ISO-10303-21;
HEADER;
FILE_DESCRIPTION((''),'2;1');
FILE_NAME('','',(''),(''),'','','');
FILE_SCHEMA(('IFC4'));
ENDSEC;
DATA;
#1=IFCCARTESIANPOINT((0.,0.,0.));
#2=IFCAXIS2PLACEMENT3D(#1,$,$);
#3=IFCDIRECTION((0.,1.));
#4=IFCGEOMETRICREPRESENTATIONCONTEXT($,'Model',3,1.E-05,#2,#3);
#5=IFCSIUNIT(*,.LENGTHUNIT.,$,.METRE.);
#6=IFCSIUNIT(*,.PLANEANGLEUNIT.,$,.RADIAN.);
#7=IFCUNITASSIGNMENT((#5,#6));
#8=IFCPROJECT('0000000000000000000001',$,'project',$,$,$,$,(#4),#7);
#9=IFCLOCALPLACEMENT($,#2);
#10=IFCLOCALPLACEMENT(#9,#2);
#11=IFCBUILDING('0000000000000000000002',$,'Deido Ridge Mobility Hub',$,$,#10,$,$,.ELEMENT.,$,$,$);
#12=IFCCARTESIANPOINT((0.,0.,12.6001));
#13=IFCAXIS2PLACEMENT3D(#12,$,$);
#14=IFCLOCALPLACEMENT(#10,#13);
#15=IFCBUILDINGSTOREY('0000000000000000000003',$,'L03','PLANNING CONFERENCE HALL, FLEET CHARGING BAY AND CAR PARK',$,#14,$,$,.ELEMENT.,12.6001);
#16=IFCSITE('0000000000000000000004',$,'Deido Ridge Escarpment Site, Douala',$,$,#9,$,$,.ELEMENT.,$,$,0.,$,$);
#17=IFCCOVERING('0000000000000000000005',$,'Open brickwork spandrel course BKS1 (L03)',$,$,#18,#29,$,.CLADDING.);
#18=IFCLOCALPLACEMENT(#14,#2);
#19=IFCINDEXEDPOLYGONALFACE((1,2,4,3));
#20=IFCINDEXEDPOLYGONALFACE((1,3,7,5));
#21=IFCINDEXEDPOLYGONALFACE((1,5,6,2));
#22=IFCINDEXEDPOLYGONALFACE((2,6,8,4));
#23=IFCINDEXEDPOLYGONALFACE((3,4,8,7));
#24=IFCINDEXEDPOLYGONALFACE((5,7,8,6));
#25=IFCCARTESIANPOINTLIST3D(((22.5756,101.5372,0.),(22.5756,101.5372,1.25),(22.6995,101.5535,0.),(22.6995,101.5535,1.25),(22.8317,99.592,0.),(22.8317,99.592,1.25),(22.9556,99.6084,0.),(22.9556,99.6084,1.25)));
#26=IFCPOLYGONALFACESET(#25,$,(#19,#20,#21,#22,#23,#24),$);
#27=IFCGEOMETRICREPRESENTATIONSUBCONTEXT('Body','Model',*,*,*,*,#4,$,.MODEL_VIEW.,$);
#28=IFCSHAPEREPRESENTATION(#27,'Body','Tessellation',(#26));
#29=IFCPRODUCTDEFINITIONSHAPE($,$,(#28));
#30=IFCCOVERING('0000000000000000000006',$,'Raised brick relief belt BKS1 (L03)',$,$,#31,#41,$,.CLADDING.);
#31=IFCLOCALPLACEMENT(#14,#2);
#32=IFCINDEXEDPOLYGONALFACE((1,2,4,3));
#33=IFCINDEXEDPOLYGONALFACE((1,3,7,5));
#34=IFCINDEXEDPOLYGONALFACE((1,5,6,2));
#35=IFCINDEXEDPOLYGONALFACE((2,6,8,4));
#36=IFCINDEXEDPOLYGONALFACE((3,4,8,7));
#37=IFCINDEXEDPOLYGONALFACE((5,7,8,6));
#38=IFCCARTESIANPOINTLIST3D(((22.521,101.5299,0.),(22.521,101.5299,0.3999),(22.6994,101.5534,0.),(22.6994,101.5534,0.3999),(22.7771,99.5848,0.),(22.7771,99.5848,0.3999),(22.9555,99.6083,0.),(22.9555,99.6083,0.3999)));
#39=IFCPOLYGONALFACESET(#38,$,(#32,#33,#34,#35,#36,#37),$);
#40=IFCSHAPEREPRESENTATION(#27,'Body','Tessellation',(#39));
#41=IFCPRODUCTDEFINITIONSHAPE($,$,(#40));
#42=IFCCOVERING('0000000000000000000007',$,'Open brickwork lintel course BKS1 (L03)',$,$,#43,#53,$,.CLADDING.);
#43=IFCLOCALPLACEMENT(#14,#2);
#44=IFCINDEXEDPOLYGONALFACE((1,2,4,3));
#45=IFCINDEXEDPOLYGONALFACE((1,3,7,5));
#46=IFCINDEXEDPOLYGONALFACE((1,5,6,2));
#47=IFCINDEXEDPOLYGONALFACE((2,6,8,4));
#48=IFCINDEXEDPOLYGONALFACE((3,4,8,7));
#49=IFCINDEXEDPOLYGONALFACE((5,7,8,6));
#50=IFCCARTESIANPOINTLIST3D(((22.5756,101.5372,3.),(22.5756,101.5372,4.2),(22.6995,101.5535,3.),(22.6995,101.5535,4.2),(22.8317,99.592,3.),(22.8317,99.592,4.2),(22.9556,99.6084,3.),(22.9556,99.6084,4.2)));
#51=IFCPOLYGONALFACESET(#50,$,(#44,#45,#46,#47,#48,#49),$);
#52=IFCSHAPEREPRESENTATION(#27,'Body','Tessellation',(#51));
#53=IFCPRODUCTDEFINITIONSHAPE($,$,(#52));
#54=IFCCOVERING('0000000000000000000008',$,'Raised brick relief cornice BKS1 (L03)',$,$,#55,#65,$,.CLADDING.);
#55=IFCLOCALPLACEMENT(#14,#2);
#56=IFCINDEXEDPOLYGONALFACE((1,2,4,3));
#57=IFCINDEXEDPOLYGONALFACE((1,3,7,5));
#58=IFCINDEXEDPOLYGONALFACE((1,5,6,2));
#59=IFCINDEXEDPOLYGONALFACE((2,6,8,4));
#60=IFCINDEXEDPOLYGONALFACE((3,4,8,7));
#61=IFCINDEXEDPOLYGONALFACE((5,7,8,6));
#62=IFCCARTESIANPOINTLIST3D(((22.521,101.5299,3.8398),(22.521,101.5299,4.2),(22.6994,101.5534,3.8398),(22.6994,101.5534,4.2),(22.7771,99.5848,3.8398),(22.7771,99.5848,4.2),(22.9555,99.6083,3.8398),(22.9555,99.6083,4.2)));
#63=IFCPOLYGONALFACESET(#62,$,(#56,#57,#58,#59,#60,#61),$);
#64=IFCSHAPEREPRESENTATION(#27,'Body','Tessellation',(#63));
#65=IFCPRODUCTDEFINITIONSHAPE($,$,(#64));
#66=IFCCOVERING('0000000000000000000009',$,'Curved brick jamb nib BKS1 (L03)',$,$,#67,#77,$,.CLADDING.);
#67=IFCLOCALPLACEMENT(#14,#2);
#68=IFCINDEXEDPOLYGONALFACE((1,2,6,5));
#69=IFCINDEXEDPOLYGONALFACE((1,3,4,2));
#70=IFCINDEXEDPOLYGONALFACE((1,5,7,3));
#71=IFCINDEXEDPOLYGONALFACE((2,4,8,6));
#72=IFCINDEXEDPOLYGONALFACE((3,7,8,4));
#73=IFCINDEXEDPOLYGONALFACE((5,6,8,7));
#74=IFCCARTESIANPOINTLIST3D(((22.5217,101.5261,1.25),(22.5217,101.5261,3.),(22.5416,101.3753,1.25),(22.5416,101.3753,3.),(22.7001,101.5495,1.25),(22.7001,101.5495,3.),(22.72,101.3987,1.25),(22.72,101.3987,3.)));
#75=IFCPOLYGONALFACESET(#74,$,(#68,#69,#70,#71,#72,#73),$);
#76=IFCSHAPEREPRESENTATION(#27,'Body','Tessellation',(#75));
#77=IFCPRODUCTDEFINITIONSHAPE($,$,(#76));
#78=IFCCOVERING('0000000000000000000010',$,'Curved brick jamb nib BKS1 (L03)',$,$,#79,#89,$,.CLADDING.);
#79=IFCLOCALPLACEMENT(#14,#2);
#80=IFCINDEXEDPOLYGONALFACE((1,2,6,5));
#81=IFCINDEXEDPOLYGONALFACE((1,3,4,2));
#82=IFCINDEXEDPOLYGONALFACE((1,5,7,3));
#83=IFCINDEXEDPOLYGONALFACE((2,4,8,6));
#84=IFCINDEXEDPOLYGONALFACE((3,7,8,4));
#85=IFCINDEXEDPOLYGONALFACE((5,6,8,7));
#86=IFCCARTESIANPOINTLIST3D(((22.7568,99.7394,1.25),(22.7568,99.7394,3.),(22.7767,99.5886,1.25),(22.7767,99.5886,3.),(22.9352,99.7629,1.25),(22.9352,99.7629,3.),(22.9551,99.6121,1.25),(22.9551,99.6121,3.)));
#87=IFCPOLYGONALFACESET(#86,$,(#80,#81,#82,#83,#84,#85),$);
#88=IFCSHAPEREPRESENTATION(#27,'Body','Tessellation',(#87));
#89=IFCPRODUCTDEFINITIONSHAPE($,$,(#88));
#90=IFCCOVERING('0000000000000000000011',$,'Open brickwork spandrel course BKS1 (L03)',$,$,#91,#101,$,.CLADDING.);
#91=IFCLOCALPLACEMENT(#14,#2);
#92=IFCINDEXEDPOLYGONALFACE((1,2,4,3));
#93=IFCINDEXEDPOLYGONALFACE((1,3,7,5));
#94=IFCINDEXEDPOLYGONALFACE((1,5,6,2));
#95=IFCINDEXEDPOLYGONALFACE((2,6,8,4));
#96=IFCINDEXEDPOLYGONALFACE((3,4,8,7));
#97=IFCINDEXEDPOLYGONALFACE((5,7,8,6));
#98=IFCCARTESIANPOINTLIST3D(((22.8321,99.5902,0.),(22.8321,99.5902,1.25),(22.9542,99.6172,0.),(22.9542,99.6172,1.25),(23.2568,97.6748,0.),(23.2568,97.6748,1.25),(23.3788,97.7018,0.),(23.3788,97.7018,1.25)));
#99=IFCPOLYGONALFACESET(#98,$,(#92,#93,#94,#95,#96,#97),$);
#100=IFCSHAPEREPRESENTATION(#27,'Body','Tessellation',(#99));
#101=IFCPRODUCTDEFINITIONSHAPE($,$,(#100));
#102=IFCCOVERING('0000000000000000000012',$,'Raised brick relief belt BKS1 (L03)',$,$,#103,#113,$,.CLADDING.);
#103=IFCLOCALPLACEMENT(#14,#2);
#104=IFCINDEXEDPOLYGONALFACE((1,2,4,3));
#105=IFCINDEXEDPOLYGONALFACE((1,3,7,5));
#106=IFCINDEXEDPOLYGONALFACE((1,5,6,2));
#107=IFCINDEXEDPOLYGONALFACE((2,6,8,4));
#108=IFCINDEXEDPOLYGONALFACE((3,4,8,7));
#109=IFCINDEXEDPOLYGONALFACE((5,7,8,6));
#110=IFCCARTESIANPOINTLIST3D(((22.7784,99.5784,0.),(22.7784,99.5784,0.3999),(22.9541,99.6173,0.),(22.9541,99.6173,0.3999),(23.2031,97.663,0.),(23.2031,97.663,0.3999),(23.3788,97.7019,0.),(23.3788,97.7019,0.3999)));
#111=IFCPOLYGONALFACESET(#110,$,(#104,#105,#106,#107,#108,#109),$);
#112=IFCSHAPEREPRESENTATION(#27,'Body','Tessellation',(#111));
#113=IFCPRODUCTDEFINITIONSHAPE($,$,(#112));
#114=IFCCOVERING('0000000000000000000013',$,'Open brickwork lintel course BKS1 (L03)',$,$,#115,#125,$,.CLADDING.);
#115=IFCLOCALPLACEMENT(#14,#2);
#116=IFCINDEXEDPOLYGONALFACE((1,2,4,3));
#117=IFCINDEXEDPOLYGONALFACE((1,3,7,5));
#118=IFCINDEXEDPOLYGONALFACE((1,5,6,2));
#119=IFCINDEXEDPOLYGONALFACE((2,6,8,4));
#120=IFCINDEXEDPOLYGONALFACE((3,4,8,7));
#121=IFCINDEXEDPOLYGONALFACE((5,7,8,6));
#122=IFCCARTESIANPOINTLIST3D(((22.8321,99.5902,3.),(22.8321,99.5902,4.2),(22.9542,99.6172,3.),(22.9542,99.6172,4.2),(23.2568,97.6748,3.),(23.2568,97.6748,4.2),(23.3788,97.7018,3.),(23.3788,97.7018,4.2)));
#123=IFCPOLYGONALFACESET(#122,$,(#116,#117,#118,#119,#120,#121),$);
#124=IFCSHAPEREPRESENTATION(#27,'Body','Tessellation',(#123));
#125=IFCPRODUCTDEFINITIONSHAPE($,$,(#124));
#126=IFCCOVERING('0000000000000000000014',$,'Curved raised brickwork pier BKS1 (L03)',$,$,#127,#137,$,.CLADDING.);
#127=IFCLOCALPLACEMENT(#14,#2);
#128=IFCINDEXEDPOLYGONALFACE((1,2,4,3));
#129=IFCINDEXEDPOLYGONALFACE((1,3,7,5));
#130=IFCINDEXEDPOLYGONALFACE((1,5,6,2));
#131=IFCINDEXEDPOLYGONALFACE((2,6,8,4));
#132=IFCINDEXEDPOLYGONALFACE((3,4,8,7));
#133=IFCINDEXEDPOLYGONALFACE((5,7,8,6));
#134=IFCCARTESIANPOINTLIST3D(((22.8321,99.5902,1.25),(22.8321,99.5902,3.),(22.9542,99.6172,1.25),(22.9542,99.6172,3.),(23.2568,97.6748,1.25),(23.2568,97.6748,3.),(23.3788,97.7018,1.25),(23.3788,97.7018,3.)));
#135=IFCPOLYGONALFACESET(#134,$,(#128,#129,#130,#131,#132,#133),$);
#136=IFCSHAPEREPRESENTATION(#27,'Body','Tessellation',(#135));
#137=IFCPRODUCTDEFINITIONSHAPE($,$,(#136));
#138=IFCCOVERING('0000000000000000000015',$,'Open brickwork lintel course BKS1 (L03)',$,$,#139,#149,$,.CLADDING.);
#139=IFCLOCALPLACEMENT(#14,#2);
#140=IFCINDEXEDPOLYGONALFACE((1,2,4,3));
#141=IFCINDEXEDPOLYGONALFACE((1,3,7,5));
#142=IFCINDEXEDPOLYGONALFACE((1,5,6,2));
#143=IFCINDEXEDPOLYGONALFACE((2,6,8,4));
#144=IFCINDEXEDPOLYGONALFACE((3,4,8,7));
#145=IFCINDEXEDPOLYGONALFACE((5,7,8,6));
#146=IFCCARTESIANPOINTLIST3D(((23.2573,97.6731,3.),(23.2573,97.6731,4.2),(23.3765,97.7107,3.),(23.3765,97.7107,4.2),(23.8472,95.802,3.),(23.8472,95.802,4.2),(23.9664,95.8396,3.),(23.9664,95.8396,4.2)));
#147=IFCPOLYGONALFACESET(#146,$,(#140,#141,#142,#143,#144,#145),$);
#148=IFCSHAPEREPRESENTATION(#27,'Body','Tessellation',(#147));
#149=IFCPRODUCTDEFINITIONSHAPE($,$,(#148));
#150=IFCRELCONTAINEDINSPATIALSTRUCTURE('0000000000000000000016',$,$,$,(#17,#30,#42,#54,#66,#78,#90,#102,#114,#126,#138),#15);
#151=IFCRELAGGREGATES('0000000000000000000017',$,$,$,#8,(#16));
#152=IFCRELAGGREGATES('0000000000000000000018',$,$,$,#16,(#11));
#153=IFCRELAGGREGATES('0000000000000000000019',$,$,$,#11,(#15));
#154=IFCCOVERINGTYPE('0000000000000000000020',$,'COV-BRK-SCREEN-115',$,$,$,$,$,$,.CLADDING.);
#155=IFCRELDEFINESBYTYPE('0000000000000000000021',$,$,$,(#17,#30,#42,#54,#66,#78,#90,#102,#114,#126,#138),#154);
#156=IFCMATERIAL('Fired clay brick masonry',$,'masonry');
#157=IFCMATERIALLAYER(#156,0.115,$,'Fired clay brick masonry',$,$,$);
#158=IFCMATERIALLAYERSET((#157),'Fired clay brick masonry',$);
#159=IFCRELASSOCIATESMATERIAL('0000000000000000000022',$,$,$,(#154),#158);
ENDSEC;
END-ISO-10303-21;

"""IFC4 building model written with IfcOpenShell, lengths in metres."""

from ifc_helpers import new_model, si_unit, direction, frame, origin, origin_2d, place, context, subcontext, project, spatial, rectangle, extrude, material, layer, layer_set, type_object, element, save


model = new_model("IFC4")

# Units and contexts
model_context = context("Model", 3, precision=1e-05, world=origin(), true_north=direction((0.0, 1.0)))
body_context = subcontext(model_context, "Body", "Model", "MODEL_VIEW")
ifc_project = project(units=[si_unit("LENGTHUNIT", "METRE"), si_unit("PLANEANGLEUNIT", "RADIAN")], contexts=[model_context])

# Site, building, storey
site_placement = place(None, origin())
site = spatial("IfcSite", under=ifc_project, at=site_placement, Name="Deido Ridge Escarpment Site, Douala", CompositionType="ELEMENT", RefElevation=0.0)
building_placement = place(site_placement, origin())
building = spatial("IfcBuilding", under=site, at=building_placement, Name="Deido Ridge Mobility Hub", CompositionType="ELEMENT")
storey_placement = place(building_placement, frame((0.0, 0.0, 12.6001)))
storey = spatial("IfcBuildingStorey", under=building, at=storey_placement, Name="L03", Description="PLANNING CONFERENCE HALL, FLEET CHARGING BAY AND CAR PARK", CompositionType="ELEMENT", Elevation=12.6001)

# Coverings
ifc_material_1 = material(Name="Fired clay brick masonry", Category="masonry")
ifc_layer = layer(ifc_material_1, 0.115, Name="Fired clay brick masonry")
ifc_layer_set = layer_set([ifc_layer], Name="Fired clay brick masonry")
covering_type = type_object("IfcCoveringType", Name="COV-BRK-SCREEN-115", PredefinedType="CLADDING", material=ifc_layer_set)
covering_1_placement = place(storey_placement, frame((22.7656, 100.5728, 0.0), z_axis=(0.0, 0.0, 1.0), x_axis=(0.130543, -0.991443, 0.0)))
element("IfcCovering", 1, at=covering_1_placement, inside=storey, type_object=covering_type, Name="Open brickwork spandrel course BKS1 (L03)", PredefinedType="CLADDING", context=body_context, shape_type="SweptSolid", body=[
    extrude(rectangle(XDim=1.9619, YDim=0.125, at=origin_2d()), origin(), (0.0, 0.0, 1.0), 1.25),
])
covering_2_placement = place(storey_placement, frame((22.7383, 100.5691, 0.0), z_axis=(0.0, 0.0, 1.0), x_axis=(0.130543, -0.991443, 0.0)))
element("IfcCovering", 2, at=covering_2_placement, inside=storey, type_object=covering_type, Name="Raised brick relief belt BKS1 (L03)", PredefinedType="CLADDING", context=body_context, shape_type="SweptSolid", body=[
    extrude(rectangle(XDim=1.9619, YDim=0.1799, at=origin_2d()), origin(), (0.0, 0.0, 1.0), 0.3999),
])
covering_3_placement = place(storey_placement, frame((22.7656, 100.5728, 3.0), z_axis=(0.0, 0.0, 1.0), x_axis=(0.130543, -0.991443, 0.0)))
element("IfcCovering", 3, at=covering_3_placement, inside=storey, type_object=covering_type, Name="Open brickwork lintel course BKS1 (L03)", PredefinedType="CLADDING", context=body_context, shape_type="SweptSolid", body=[
    extrude(rectangle(XDim=1.9619, YDim=0.125, at=origin_2d()), origin(), (0.0, 0.0, 1.0), 1.2),
])
covering_4_placement = place(storey_placement, frame((22.7383, 100.5691, 3.8398), z_axis=(0.0, 0.0, 1.0), x_axis=(0.130543, -0.991443, 0.0)))
element("IfcCovering", 4, at=covering_4_placement, inside=storey, type_object=covering_type, Name="Raised brick relief cornice BKS1 (L03)", PredefinedType="CLADDING", context=body_context, shape_type="SweptSolid", body=[
    extrude(rectangle(XDim=1.9619, YDim=0.1799, at=origin_2d()), origin(), (0.0, 0.0, 1.0), 0.3601),
])
for number, where, z_axis, x_axis, name in (
    (5, (22.6208, 101.4624, 1.25), (0.0, 0.0, 1.0), (0.130543, -0.991443, 0.0), "Curved brick jamb nib BKS1 (L03)"),
    (6, (22.856, 99.6758, 1.25), (0.0, 0.0, 1.0), (0.130543, -0.991443, 0.0), "Curved brick jamb nib BKS1 (L03)"),
):
    element("IfcCovering", number, at=place(storey_placement, frame(where, z_axis=z_axis, x_axis=x_axis)), inside=storey, type_object=covering_type, Name=name, PredefinedType="CLADDING", context=body_context, shape_type="SweptSolid", body=[
        extrude(rectangle(XDim=0.1521, YDim=0.1799, at=origin_2d()), origin(), (0.0, 0.0, 1.0), 1.75),
    ])
covering_5_placement = place(storey_placement, frame((23.1055, 98.646, 0.0), z_axis=(0.0, 0.0, 1.0), x_axis=(0.216457, -0.976292, 0.0)))
element("IfcCovering", 7, at=covering_5_placement, inside=storey, type_object=covering_type, Name="Open brickwork spandrel course BKS1 (L03)", PredefinedType="CLADDING", context=body_context, shape_type="SweptSolid", body=[
    extrude(rectangle(XDim=1.9619, YDim=0.125, at=origin_2d()), origin(), (0.0, 0.0, 1.0), 1.25),
])
covering_6_placement = place(storey_placement, frame((23.0786, 98.6401, 0.0), z_axis=(0.0, 0.0, 1.0), x_axis=(0.216457, -0.976292, 0.0)))
element("IfcCovering", 8, at=covering_6_placement, inside=storey, type_object=covering_type, Name="Raised brick relief belt BKS1 (L03)", PredefinedType="CLADDING", context=body_context, shape_type="SweptSolid", body=[
    extrude(rectangle(XDim=1.9619, YDim=0.1799, at=origin_2d()), origin(), (0.0, 0.0, 1.0), 0.3999),
])
covering_7_placement = place(storey_placement, frame((23.1055, 98.646, 3.0), z_axis=(0.0, 0.0, 1.0), x_axis=(0.216457, -0.976292, 0.0)))
element("IfcCovering", 9, at=covering_7_placement, inside=storey, type_object=covering_type, Name="Open brickwork lintel course BKS1 (L03)", PredefinedType="CLADDING", context=body_context, shape_type="SweptSolid", body=[
    extrude(rectangle(XDim=1.9619, YDim=0.125, at=origin_2d()), origin(), (0.0, 0.0, 1.0), 1.2),
])
covering_8_placement = place(storey_placement, frame((23.1055, 98.646, 1.25), z_axis=(0.0, 0.0, 1.0), x_axis=(0.216457, -0.976292, 0.0)))
element("IfcCovering", 10, at=covering_8_placement, inside=storey, type_object=covering_type, Name="Curved raised brickwork pier BKS1 (L03)", PredefinedType="CLADDING", context=body_context, shape_type="SweptSolid", body=[
    extrude(rectangle(XDim=1.9619, YDim=0.125, at=origin_2d()), origin(), (0.0, 0.0, 1.0), 1.75),
])
covering_9_placement = place(storey_placement, frame((23.6118, 96.7563, 3.0), z_axis=(0.0, 0.0, 1.0), x_axis=(0.300673, -0.953727, 0.0)))
element("IfcCovering", 11, at=covering_9_placement, inside=storey, type_object=covering_type, Name="Open brickwork lintel course BKS1 (L03)", PredefinedType="CLADDING", context=body_context, shape_type="SweptSolid", body=[
    extrude(rectangle(XDim=1.9619, YDim=0.125, at=origin_2d()), origin(), (0.0, 0.0, 1.0), 1.2),
])

save(model, "model.ifc")
